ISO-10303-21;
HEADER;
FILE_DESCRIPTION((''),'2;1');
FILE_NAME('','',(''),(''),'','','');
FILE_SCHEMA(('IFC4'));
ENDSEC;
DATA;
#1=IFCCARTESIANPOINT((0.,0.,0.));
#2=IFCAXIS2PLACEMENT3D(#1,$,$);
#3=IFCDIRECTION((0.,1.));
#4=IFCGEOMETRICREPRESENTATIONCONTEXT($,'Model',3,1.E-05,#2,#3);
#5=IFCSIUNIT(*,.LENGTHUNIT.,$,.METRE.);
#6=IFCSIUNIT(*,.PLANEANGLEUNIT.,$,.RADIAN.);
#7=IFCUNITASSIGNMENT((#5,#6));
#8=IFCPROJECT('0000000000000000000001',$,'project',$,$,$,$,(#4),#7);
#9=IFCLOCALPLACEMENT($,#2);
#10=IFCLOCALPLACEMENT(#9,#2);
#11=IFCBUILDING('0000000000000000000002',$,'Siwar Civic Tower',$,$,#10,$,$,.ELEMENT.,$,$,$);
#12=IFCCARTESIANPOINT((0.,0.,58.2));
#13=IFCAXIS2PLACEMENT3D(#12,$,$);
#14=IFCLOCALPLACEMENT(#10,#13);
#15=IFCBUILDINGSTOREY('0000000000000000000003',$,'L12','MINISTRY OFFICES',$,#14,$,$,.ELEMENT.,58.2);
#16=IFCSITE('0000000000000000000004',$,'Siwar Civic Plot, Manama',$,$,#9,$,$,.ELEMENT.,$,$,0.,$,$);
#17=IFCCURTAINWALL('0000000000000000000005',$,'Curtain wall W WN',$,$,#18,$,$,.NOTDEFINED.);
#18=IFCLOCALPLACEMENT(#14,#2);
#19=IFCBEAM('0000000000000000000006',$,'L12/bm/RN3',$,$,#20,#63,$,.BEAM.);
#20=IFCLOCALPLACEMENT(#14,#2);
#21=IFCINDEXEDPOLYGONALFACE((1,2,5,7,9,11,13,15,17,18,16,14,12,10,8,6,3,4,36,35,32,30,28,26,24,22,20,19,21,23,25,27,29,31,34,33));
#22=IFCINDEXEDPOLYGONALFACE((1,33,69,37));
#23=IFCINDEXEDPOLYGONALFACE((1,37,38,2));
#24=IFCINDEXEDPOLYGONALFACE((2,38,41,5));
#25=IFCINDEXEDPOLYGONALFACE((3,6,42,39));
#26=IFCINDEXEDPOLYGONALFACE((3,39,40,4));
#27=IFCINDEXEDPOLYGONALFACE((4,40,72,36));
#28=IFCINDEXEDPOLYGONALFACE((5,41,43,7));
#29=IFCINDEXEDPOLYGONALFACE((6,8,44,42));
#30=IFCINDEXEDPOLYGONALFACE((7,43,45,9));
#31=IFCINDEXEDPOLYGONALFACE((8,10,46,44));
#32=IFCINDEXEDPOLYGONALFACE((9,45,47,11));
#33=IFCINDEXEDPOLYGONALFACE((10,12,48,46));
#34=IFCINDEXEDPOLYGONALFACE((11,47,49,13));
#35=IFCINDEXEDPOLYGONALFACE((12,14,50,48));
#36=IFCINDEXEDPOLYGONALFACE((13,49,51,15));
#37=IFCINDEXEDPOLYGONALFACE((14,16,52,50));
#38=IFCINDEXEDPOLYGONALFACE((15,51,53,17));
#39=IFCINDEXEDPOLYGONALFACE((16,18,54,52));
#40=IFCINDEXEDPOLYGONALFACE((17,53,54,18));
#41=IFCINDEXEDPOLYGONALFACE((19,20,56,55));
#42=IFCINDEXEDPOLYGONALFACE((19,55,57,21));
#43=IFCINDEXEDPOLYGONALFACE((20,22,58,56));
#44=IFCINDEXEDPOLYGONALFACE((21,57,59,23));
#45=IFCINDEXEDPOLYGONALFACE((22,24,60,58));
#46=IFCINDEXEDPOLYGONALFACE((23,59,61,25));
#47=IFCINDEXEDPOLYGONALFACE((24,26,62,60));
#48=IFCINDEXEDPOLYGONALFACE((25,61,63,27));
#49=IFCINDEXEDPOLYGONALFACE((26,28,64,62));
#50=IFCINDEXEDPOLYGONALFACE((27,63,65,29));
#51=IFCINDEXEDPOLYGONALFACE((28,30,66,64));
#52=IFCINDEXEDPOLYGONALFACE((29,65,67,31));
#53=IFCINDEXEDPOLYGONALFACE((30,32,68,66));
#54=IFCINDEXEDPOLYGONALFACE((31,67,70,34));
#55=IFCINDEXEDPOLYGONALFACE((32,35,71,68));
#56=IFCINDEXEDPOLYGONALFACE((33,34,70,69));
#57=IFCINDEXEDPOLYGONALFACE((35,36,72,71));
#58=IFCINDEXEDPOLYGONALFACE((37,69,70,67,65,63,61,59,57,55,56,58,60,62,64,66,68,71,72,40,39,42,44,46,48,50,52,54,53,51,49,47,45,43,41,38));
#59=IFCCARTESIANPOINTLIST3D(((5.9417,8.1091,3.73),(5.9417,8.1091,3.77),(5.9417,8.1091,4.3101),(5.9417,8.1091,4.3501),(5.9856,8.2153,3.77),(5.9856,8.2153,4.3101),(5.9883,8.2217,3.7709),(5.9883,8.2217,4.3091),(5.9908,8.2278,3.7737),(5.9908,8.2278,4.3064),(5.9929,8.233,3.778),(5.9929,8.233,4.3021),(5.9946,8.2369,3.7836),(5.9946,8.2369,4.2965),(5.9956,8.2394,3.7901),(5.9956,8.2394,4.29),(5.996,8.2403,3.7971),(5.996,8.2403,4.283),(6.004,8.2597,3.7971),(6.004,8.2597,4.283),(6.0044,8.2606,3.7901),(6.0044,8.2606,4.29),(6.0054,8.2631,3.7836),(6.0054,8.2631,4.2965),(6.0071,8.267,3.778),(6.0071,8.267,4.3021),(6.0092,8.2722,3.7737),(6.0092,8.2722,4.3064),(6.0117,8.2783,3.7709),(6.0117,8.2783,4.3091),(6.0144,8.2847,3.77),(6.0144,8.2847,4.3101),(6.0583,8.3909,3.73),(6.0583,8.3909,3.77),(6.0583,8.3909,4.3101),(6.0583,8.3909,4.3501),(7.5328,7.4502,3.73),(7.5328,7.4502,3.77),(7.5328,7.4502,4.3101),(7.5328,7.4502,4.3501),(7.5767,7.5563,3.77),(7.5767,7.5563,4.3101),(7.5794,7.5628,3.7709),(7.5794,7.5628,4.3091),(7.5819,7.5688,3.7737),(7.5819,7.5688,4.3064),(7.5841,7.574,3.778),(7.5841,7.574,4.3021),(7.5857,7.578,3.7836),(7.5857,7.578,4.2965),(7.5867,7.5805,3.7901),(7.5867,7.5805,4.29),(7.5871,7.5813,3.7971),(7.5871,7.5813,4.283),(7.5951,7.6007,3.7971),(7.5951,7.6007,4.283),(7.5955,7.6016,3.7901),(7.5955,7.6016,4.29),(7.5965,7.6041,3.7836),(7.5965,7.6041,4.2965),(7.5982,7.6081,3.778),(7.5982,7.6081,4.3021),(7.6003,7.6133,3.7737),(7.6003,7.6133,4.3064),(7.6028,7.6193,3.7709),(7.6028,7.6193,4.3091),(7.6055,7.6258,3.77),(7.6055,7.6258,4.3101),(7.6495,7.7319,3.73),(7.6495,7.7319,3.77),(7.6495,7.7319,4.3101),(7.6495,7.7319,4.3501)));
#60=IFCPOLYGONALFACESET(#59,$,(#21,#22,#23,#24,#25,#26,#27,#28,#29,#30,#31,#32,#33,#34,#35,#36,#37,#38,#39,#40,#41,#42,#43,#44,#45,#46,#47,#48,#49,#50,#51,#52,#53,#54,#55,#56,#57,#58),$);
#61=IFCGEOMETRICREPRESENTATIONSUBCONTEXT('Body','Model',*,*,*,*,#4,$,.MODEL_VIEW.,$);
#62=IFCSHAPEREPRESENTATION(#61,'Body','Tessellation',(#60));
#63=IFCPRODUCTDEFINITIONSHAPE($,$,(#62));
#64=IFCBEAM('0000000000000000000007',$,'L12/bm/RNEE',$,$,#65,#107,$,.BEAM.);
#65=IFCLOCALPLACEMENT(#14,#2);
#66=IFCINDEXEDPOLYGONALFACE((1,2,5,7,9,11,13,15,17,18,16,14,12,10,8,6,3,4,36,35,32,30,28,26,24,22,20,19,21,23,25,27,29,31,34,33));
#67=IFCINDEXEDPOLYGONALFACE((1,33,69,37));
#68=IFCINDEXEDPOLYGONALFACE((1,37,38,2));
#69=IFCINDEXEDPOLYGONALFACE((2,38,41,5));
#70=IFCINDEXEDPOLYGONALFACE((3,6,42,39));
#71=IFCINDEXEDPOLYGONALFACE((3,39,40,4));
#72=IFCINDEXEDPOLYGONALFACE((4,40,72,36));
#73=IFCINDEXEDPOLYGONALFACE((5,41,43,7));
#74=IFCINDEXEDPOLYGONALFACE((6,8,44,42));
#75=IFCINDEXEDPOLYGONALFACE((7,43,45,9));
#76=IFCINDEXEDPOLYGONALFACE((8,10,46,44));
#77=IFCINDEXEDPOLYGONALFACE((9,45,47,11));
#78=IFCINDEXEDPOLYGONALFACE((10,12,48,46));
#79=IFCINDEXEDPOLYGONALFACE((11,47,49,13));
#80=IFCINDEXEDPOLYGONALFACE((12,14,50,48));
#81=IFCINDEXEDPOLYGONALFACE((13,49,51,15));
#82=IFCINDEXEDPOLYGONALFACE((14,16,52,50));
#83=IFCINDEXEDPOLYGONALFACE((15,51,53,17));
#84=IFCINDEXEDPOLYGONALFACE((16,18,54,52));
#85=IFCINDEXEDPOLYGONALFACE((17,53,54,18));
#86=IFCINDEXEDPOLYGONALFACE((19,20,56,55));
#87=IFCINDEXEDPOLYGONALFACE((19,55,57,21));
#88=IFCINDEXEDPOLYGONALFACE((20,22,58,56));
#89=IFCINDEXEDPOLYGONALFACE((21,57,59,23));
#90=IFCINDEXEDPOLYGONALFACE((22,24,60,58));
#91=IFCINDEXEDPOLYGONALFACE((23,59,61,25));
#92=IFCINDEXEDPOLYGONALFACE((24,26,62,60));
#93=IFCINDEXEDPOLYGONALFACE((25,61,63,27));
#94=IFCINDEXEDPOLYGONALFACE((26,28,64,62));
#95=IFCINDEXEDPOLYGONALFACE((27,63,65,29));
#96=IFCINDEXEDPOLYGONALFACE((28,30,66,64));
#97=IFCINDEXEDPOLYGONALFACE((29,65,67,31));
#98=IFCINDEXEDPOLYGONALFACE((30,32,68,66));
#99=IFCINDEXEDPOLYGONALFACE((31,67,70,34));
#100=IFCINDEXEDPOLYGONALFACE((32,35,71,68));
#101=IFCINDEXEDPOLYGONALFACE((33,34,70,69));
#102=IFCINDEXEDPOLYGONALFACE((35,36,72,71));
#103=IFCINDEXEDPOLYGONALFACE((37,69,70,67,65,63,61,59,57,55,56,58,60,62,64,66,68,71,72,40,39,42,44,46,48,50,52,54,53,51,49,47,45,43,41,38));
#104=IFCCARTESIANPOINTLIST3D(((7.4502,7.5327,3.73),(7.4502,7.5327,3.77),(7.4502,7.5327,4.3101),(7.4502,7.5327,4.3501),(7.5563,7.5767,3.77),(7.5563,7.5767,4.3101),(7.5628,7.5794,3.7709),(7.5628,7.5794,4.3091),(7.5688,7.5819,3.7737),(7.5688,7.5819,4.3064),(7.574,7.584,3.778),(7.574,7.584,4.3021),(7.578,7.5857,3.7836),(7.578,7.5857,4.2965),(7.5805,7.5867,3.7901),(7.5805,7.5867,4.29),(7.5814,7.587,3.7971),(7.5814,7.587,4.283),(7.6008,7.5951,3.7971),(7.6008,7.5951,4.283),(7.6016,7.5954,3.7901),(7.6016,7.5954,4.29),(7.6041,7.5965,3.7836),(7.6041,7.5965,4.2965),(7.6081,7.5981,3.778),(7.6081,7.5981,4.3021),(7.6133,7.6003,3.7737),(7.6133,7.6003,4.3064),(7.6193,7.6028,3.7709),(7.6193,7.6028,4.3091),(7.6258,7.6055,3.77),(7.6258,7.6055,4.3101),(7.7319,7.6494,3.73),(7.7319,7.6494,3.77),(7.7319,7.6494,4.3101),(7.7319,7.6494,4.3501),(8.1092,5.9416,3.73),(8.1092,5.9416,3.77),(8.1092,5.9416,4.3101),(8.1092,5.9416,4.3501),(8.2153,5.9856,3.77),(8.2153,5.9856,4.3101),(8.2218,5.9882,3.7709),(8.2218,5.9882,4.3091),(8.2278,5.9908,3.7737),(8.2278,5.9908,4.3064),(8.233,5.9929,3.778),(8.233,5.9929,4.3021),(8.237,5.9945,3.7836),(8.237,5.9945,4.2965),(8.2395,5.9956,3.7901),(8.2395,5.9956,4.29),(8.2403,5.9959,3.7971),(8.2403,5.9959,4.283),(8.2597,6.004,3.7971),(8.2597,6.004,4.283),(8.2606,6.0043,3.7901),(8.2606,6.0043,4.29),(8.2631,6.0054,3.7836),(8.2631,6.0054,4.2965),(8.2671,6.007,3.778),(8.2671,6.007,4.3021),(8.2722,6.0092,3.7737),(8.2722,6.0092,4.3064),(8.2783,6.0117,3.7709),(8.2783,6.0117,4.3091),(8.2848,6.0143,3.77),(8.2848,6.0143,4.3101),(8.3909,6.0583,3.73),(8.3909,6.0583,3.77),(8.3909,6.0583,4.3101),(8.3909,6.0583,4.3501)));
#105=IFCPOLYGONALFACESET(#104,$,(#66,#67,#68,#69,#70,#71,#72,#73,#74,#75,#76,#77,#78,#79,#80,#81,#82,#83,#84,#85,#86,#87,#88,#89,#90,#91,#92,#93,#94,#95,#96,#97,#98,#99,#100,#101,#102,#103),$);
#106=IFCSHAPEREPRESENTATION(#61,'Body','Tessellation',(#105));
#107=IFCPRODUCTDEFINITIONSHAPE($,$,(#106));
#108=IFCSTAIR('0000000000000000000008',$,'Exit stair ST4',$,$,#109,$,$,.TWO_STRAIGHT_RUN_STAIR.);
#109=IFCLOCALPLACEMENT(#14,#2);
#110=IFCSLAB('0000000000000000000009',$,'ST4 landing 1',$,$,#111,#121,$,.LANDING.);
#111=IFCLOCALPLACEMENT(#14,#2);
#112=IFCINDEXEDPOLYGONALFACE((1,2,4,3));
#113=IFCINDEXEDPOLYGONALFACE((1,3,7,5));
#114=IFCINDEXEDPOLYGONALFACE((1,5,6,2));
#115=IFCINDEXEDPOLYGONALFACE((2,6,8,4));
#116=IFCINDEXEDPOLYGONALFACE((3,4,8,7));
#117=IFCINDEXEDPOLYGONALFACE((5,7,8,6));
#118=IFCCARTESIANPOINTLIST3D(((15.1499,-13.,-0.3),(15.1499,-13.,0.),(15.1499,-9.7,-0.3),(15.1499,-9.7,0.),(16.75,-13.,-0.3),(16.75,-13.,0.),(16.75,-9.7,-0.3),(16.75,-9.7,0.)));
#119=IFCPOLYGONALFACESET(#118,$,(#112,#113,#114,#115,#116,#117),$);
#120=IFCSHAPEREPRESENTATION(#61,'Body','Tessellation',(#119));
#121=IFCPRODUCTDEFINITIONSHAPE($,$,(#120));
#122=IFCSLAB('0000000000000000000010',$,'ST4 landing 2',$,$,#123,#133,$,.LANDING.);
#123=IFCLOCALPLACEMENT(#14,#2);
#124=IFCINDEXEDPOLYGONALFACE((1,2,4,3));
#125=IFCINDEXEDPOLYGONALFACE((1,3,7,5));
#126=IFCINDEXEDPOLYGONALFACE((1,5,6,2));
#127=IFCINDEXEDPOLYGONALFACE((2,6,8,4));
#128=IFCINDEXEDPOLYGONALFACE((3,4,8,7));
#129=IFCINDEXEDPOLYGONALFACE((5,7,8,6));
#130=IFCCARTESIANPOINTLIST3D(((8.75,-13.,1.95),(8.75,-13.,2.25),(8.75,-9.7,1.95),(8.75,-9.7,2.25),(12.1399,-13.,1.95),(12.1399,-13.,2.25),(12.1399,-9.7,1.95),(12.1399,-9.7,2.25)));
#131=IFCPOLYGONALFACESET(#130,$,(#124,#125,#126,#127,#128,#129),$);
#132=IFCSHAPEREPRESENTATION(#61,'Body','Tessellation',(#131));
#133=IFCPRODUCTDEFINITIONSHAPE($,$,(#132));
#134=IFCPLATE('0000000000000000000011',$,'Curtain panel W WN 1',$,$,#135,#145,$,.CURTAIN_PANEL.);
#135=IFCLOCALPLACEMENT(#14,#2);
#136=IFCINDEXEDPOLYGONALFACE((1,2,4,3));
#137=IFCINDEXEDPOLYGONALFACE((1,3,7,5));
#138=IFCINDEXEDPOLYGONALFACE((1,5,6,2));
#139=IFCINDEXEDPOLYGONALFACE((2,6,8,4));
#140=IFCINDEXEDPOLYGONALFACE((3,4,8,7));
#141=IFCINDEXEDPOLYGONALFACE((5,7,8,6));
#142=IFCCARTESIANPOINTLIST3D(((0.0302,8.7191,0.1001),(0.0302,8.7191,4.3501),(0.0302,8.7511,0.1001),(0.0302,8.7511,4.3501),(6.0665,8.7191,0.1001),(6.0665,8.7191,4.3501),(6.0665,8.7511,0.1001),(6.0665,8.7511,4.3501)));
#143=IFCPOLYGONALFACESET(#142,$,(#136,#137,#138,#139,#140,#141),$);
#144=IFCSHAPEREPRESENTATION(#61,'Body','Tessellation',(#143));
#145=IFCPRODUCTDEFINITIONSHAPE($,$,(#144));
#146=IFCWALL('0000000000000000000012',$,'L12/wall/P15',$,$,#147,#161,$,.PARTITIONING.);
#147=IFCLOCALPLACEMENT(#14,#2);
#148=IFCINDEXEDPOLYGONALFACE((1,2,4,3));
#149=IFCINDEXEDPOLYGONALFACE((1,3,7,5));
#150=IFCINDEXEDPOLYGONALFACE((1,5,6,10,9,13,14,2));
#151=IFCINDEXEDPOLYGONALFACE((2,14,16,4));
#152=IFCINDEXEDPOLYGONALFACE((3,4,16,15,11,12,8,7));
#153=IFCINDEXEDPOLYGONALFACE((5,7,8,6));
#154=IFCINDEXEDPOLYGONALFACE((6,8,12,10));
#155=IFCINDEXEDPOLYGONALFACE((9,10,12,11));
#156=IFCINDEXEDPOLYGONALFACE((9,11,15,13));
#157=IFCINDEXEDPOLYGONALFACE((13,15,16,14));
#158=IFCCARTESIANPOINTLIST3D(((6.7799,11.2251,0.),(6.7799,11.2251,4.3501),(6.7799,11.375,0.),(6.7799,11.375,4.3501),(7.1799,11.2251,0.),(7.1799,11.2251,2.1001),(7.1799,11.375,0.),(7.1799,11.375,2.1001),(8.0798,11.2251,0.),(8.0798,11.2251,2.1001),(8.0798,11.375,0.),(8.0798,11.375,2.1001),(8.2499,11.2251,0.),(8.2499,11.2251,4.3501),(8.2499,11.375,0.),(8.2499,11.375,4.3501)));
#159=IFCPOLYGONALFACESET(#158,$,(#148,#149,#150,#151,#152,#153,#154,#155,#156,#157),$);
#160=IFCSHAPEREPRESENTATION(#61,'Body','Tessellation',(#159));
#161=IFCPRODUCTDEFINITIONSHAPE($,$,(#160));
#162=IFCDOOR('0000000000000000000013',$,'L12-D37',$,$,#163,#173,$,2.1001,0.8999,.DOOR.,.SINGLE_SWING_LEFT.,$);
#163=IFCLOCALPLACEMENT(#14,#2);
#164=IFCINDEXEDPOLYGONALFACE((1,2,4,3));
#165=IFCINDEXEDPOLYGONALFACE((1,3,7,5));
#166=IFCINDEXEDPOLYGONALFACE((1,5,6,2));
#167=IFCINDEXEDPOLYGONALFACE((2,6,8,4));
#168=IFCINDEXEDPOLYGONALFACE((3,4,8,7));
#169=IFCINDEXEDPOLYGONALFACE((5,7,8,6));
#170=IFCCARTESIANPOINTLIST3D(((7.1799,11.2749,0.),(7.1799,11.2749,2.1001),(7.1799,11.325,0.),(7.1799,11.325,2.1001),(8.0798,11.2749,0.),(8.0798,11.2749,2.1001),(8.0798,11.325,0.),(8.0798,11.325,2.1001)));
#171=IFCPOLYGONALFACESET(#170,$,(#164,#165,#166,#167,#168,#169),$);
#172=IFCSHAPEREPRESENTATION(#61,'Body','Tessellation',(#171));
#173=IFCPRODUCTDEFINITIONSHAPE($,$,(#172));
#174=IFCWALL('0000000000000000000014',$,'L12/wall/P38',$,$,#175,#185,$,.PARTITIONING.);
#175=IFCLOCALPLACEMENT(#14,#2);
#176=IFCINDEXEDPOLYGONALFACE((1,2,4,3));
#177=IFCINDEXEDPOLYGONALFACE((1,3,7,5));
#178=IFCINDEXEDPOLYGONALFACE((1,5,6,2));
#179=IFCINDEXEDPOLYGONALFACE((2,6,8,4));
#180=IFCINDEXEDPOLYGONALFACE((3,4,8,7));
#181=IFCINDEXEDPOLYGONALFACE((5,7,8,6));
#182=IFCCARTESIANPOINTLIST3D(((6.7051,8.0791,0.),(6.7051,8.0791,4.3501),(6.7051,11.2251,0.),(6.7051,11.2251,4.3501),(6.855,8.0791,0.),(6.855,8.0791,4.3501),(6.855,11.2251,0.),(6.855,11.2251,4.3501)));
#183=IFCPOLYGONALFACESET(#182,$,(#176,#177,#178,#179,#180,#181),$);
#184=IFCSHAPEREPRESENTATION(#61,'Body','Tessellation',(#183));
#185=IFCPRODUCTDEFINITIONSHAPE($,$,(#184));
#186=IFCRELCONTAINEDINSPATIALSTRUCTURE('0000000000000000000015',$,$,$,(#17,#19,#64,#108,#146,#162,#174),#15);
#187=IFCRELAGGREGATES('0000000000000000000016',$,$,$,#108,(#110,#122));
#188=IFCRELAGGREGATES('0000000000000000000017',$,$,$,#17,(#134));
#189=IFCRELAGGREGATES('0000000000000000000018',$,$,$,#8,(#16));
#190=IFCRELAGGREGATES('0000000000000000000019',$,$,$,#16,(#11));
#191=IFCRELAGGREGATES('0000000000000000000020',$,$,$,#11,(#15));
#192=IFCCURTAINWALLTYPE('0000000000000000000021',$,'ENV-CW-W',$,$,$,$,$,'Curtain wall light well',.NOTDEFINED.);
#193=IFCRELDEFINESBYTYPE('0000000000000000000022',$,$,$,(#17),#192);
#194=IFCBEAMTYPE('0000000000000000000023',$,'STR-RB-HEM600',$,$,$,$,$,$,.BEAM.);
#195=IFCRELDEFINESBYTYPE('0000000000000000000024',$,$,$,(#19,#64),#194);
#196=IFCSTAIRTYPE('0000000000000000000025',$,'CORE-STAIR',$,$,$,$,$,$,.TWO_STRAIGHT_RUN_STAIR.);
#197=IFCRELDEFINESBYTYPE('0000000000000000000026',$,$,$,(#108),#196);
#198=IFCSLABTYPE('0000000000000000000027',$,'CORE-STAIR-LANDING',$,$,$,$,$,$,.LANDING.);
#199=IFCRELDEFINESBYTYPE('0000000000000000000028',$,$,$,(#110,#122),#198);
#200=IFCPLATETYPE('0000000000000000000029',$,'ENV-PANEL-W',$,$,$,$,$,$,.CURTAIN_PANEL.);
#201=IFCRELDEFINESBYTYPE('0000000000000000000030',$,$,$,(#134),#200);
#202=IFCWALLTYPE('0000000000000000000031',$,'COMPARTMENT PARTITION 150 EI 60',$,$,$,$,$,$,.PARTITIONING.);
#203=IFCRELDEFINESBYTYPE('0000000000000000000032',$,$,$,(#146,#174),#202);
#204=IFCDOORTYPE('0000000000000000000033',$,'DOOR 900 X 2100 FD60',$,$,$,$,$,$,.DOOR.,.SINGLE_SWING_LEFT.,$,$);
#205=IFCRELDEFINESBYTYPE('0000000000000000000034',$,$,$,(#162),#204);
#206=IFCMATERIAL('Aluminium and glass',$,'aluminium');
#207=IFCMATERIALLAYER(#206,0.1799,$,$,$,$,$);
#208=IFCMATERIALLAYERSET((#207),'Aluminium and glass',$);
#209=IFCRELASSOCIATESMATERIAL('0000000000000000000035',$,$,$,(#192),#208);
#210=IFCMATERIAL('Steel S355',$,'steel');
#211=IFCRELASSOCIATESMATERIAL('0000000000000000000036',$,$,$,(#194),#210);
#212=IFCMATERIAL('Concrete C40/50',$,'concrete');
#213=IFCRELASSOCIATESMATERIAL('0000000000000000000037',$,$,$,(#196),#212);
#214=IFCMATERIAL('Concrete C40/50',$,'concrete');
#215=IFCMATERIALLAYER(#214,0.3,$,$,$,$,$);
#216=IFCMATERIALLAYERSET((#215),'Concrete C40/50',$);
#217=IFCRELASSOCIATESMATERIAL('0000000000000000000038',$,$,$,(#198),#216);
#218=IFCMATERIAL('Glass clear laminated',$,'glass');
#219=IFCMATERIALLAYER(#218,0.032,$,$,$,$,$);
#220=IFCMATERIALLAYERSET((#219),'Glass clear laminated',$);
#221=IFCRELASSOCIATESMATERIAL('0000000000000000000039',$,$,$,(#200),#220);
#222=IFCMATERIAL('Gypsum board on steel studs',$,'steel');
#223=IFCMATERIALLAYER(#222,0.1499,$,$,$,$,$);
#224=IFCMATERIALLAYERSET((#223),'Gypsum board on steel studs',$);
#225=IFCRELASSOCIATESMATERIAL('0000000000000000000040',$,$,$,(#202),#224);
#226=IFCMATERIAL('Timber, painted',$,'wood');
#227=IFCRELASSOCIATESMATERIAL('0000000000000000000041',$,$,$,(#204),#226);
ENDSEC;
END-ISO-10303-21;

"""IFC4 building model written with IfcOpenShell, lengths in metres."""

from ifc_helpers import new_model, si_unit, direction, frame, frame_2d, origin, origin_2d, place, context, subcontext, project, spatial, polyline, rectangle, i_section, outline, extrude, material, layer, layer_set, material_profile, profile_set, type_object, element, fill, aggregate, save


model = new_model("IFC4")

# Units and contexts
model_context = context("Model", 3, precision=1e-05, world=origin(), true_north=direction((0.0, 1.0)))
body_context = subcontext(model_context, "Body", "Model", "MODEL_VIEW")
ifc_project = project(units=[si_unit("LENGTHUNIT", "METRE"), si_unit("PLANEANGLEUNIT", "RADIAN")], contexts=[model_context])

# Site, building, storey
site_placement = place(None, origin())
site = spatial("IfcSite", under=ifc_project, at=site_placement, Name="Siwar Civic Plot, Manama", CompositionType="ELEMENT", RefElevation=0.0)
building_placement = place(site_placement, origin())
building = spatial("IfcBuilding", under=site, at=building_placement, Name="Siwar Civic Tower", CompositionType="ELEMENT")
storey_placement = place(building_placement, frame((0.0, 0.0, 58.2)))
storey = spatial("IfcBuildingStorey", under=building, at=storey_placement, Name="L12", Description="MINISTRY OFFICES", CompositionType="ELEMENT", Elevation=58.2)

# Curtain wall
ifc_material_1 = material(Name="Aluminium and glass", Category="aluminium")
ifc_layer_1 = layer(ifc_material_1, 0.1799)
ifc_layer_set_1 = layer_set([ifc_layer_1], Name="Aluminium and glass")
curtain_wall_type = type_object("IfcCurtainWallType", Name="ENV-CW-W", ElementType="Curtain wall light well", PredefinedType="NOTDEFINED", material=ifc_layer_set_1)
curtain_wall_placement = place(storey_placement, origin())
curtain_wall = element("IfcCurtainWall", 1, at=curtain_wall_placement, inside=storey, type_object=curtain_wall_type, Name="Curtain wall W WN", PredefinedType="NOTDEFINED")

# Beams
ifc_material_2 = material(Name="Steel S355", Category="steel")
ifc_material_profile_1 = material_profile(ifc_material_2, i_section(OverallWidth=0.3049, OverallDepth=0.6201, WebThickness=0.021, FlangeThickness=0.04, FilletRadius=0.0271, at=origin_2d()), Name="HEM600")
ifc_profile_set_1 = profile_set([ifc_material_profile_1], Name="Steel S355")
beam_type_1 = type_object("IfcBeamType", Name="STR-RB-HEM600", PredefinedType="BEAM", material=ifc_profile_set_1)
for number, where, z_axis, x_axis, name in (
    (2, (6.0, 8.25, 4.04), (0.923901, -0.382631, 0.0), (0.382631, 0.923901, 0.0), "L12/bm/RN3"),
    (3, (7.5911, 7.5911, 4.04), (0.382631, -0.923901, 0.0), (0.923901, 0.382631, 0.0), "L12/bm/RNEE"),
):
    element("IfcBeam", number, at=place(storey_placement, frame(where, z_axis=z_axis, x_axis=x_axis)), inside=storey, type_object=beam_type_1, Name=name, PredefinedType="BEAM", context=body_context, shape_type="SweptSolid", body=[
        extrude(i_section(OverallWidth=0.3049, OverallDepth=0.6201, WebThickness=0.021, FlangeThickness=0.04, FilletRadius=0.0271, at=origin_2d()), origin(), (0.0, 0.0, 1.0), 1.7222),
    ])

# Stair, slabs
ifc_material_3 = material(Name="Concrete C40/50", Category="concrete")
stair_type = type_object("IfcStairType", Name="CORE-STAIR", PredefinedType="TWO_STRAIGHT_RUN_STAIR", material=ifc_material_3)
stair_1_placement = place(storey_placement, origin())
stair_1 = element("IfcStair", 4, at=stair_1_placement, inside=storey, type_object=stair_type, Name="Exit stair ST4", PredefinedType="TWO_STRAIGHT_RUN_STAIR")
ifc_material_4 = material(Name="Concrete C40/50", Category="concrete")
ifc_layer_2 = layer(ifc_material_4, 0.3)
ifc_layer_set_2 = layer_set([ifc_layer_2], Name="Concrete C40/50")
slab_type = type_object("IfcSlabType", Name="CORE-STAIR-LANDING", PredefinedType="LANDING", material=ifc_layer_set_2)
slab_1_placement = place(storey_placement, frame((0.0, 0.0, -0.3)))
slab_1 = element("IfcSlab", 5, at=slab_1_placement, type_object=slab_type, Name="ST4 landing 1", PredefinedType="LANDING", context=body_context, shape_type="SweptSolid", body=[
    extrude(outline(polyline([(15.1499, -13.0), (16.75, -13.0), (16.75, -9.7), (15.1499, -9.7), (15.1499, -13.0)])), origin(), (0.0, 0.0, 1.0), 0.3),
])
slab_2_placement = place(storey_placement, frame((0.0, 0.0, 1.95)))
slab_2 = element("IfcSlab", 6, at=slab_2_placement, type_object=slab_type, Name="ST4 landing 2", PredefinedType="LANDING", context=body_context, shape_type="SweptSolid", body=[
    extrude(outline(polyline([(8.75, -13.0), (12.1399, -13.0), (12.1399, -9.7), (8.75, -9.7), (8.75, -13.0)])), origin(), (0.0, 0.0, 1.0), 0.3),
])
aggregate(stair_1, [slab_1, slab_2])

# Plate
ifc_material_5 = material(Name="Glass clear laminated", Category="glass")
ifc_layer_3 = layer(ifc_material_5, 0.032)
ifc_layer_set_3 = layer_set([ifc_layer_3], Name="Glass clear laminated")
plate_type = type_object("IfcPlateType", Name="ENV-PANEL-W", PredefinedType="CURTAIN_PANEL", material=ifc_layer_set_3)
plate_placement = place(storey_placement, frame((3.0483, 8.7351, 0.1001), z_axis=(0.0, 0.0, 1.0), x_axis=(-1.0, 0.0, 0.0)))
plate = element("IfcPlate", 7, at=plate_placement, type_object=plate_type, Name="Curtain panel W WN 1", PredefinedType="CURTAIN_PANEL", context=body_context, shape_type="SweptSolid", body=[
    extrude(rectangle(XDim=6.0364, YDim=0.032, at=origin_2d()), origin(), (0.0, 0.0, 1.0), 4.25),
])
aggregate(curtain_wall, [plate])

# Wall, opening, door
ifc_material_6 = material(Name="Gypsum board on steel studs", Category="steel")
ifc_layer_4 = layer(ifc_material_6, 0.1499)
ifc_layer_set_4 = layer_set([ifc_layer_4], Name="Gypsum board on steel studs")
wall_type_1 = type_object("IfcWallType", Name="COMPARTMENT PARTITION 150 EI 60", PredefinedType="PARTITIONING", material=ifc_layer_set_4)
wall_1_placement = place(storey_placement, frame((6.78, 11.3, 0.0), z_axis=(0.0, 0.0, 1.0), x_axis=(1.0, 0.0, 0.0)))
wall_1 = element("IfcWall", 8, at=wall_1_placement, inside=storey, type_object=wall_type_1, Name="L12/wall/P15", PredefinedType="PARTITIONING", context=body_context, shape_type="SweptSolid", body=[
    extrude(rectangle(XDim=1.47, YDim=0.1499, at=frame_2d((0.7349, 0.0))), origin(), (0.0, 0.0, 1.0), 4.3501),
])
opening_1_placement = place(wall_1_placement, frame((0.3999, 0.0, 0.0)))
opening_1 = element("IfcOpeningElement", 9, at=opening_1_placement, cuts=wall_1, PredefinedType="OPENING", context=body_context, shape_type="SweptSolid", body=[
    extrude(rectangle(XDim=0.8999, YDim=2.1001, at=frame_2d((0.45, 1.05))), frame((0.0, 0.085, 0.0), z_axis=(0.0, -1.0, 0.0), x_axis=(1.0, 0.0, 0.0)), (0.0, 0.0, 1.0), 0.1699),
])
ifc_material_7 = material(Name="Timber, painted", Category="wood")
door_type_1 = type_object("IfcDoorType", Name="DOOR 900 X 2100 FD60", OperationType="SINGLE_SWING_LEFT", PredefinedType="DOOR", material=ifc_material_7)
door_1_placement = place(opening_1_placement, origin())
door_1 = element("IfcDoor", 10, at=door_1_placement, inside=storey, type_object=door_type_1, Name="L12-D37", OperationType="SINGLE_SWING_LEFT", OverallHeight=2.1001, OverallWidth=0.8999, PredefinedType="DOOR", context=body_context, shape_type="SweptSolid", body=[
    extrude(rectangle(XDim=0.8999, YDim=2.1001, at=frame_2d((0.45, 1.05))), frame((0.0, 0.0249, 0.0), z_axis=(0.0, -1.0, 0.0), x_axis=(1.0, 0.0, 0.0)), (0.0, 0.0, 1.0), 0.05),
])
fill(opening_1, door_1)

# Wall
wall_2_placement = place(storey_placement, frame((6.78, 8.0791, 0.0), z_axis=(0.0, 0.0, 1.0), x_axis=(0.0, 1.0, 0.0)))
element("IfcWall", 11, at=wall_2_placement, inside=storey, type_object=wall_type_1, Name="L12/wall/P38", PredefinedType="PARTITIONING", context=body_context, shape_type="SweptSolid", body=[
    extrude(rectangle(XDim=3.146, YDim=0.1499, at=frame_2d((1.573, 0.0))), origin(), (0.0, 0.0, 1.0), 4.3501),
])

save(model, "model.ifc")
